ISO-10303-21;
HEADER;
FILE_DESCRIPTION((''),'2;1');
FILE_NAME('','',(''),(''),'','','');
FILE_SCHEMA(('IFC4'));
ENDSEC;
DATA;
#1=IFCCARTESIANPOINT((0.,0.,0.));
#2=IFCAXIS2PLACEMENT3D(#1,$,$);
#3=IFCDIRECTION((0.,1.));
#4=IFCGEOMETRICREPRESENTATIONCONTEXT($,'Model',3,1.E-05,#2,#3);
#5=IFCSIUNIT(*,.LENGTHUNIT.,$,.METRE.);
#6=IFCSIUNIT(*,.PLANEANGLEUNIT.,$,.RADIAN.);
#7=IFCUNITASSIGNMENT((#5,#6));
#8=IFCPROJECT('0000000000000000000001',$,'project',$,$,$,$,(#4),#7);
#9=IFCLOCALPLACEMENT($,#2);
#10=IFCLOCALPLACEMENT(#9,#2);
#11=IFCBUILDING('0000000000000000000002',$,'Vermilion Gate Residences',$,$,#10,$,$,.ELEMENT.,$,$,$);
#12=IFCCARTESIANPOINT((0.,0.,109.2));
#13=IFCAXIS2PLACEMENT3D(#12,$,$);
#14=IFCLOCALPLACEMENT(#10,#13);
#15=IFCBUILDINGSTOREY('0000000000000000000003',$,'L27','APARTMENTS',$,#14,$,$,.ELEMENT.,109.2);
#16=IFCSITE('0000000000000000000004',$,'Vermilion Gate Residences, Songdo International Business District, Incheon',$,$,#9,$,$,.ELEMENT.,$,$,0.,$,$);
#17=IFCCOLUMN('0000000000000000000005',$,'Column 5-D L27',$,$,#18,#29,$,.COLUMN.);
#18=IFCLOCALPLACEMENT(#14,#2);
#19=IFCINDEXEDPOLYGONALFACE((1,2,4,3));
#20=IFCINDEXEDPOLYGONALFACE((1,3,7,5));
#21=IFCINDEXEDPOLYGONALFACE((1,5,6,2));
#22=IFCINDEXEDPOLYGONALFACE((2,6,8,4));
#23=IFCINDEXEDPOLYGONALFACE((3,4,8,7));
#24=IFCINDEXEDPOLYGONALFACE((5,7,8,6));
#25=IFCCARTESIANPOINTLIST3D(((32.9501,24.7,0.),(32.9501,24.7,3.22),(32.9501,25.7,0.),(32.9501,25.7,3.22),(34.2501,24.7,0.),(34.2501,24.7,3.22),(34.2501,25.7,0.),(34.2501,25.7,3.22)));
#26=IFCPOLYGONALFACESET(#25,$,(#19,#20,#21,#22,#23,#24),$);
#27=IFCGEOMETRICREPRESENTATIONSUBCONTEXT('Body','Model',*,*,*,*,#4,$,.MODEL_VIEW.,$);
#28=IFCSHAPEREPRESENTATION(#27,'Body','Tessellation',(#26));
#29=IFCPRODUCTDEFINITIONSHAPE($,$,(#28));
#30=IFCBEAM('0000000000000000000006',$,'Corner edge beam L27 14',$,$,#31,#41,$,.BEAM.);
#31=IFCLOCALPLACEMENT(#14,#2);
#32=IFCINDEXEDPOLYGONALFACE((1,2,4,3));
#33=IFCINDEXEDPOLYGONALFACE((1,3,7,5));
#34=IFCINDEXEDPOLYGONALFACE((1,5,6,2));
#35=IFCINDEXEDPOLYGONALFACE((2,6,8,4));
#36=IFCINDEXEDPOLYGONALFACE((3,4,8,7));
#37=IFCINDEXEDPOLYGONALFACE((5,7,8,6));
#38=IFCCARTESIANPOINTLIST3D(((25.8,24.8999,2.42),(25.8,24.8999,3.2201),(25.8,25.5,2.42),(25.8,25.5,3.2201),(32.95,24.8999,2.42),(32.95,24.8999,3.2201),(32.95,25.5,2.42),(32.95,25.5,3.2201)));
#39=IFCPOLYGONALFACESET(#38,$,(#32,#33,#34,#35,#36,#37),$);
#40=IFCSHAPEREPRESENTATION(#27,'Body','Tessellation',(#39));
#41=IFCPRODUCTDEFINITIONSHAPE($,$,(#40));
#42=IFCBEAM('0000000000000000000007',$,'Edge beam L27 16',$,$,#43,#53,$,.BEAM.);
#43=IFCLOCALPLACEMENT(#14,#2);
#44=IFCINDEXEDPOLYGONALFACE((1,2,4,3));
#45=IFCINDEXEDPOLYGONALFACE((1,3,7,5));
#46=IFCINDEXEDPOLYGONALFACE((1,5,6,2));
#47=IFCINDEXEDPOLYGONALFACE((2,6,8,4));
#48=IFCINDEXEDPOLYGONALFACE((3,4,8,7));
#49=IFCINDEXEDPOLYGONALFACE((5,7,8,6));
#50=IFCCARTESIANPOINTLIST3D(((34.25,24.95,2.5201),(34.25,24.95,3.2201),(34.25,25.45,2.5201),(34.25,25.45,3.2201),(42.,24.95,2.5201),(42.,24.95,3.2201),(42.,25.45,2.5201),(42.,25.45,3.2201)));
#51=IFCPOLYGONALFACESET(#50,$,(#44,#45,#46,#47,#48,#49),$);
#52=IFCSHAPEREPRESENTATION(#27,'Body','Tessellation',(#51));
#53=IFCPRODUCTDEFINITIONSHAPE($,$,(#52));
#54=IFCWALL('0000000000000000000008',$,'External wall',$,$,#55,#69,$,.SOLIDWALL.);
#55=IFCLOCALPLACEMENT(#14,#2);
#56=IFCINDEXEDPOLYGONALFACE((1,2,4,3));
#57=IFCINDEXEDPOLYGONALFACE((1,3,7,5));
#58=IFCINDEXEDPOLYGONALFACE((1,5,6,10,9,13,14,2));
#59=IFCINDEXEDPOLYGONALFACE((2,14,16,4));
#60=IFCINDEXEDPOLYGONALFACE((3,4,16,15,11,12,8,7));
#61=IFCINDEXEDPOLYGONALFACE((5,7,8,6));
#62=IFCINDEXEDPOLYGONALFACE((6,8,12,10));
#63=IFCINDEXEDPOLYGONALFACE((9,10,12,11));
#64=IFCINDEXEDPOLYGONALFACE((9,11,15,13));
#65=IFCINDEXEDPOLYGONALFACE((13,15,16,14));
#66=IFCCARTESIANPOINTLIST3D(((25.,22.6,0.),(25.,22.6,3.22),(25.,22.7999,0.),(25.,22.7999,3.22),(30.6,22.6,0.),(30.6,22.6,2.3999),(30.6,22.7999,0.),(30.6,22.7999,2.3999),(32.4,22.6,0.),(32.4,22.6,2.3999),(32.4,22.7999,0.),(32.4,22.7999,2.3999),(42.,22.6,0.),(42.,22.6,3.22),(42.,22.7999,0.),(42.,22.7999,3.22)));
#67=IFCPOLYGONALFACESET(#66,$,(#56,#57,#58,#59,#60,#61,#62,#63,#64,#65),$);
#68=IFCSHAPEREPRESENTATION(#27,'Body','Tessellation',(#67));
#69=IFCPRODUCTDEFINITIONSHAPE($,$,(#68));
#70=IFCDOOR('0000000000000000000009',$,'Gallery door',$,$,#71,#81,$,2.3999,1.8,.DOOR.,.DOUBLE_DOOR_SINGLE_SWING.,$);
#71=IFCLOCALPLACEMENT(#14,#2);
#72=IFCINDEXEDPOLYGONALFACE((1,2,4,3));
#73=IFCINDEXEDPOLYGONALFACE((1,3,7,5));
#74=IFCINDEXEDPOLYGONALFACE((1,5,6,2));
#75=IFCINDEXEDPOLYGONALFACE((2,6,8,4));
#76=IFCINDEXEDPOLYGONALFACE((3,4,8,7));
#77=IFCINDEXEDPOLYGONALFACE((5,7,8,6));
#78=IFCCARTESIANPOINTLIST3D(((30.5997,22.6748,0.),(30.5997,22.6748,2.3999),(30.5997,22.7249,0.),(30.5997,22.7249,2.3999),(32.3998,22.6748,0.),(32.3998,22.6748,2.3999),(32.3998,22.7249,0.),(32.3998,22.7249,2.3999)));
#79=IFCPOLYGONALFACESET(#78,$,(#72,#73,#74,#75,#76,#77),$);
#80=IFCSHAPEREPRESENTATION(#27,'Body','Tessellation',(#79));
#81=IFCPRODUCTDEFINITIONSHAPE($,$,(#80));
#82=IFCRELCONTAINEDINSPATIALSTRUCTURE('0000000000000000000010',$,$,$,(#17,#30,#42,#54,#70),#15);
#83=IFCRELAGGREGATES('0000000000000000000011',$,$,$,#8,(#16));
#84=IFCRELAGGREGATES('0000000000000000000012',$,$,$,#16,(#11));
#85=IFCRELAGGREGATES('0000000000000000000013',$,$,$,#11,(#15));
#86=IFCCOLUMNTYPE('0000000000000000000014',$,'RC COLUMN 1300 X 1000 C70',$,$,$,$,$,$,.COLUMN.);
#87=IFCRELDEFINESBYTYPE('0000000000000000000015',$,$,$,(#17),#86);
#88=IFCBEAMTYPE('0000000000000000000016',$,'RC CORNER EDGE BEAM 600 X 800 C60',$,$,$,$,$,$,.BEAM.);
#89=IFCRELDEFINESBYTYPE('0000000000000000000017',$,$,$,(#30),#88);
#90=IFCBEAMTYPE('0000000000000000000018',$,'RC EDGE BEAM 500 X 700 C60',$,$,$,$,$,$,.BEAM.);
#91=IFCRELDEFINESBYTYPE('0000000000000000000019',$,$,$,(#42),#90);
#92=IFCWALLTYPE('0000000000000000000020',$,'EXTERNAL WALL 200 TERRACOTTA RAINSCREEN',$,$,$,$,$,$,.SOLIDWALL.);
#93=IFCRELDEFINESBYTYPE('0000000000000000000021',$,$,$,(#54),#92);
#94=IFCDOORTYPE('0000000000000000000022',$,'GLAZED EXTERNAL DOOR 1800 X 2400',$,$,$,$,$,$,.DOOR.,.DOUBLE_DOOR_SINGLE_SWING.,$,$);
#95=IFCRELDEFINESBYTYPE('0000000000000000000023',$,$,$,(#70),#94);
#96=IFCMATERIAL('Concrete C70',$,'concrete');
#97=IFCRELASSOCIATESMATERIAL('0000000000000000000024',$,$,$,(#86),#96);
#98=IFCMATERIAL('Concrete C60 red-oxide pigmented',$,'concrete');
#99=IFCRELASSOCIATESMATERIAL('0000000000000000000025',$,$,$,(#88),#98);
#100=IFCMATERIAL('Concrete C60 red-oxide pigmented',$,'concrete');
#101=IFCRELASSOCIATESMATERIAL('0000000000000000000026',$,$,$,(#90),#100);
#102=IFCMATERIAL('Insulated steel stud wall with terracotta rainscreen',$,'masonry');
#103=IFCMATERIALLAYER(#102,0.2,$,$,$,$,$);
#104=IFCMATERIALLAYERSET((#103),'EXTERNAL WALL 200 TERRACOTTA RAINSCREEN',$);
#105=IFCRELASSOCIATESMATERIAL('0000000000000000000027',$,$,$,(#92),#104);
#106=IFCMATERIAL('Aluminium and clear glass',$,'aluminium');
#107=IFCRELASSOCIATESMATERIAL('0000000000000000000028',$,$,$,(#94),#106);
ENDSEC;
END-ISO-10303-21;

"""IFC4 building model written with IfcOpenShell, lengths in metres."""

from ifc_helpers import new_model, si_unit, direction, frame, frame_2d, origin, origin_2d, place, context, subcontext, project, spatial, rectangle, extrude, material, layer, layer_set, material_profile, profile_set, type_object, element, fill, save


model = new_model("IFC4")

# Units and contexts
model_context = context("Model", 3, precision=1e-05, world=origin(), true_north=direction((0.0, 1.0)))
body_context = subcontext(model_context, "Body", "Model", "MODEL_VIEW")
ifc_project = project(units=[si_unit("LENGTHUNIT", "METRE"), si_unit("PLANEANGLEUNIT", "RADIAN")], contexts=[model_context])

# Site, building, storey
site_placement = place(None, origin())
site = spatial("IfcSite", under=ifc_project, at=site_placement, Name="Vermilion Gate Residences, Songdo International Business District, Incheon", CompositionType="ELEMENT", RefElevation=0.0)
building_placement = place(site_placement, origin())
building = spatial("IfcBuilding", under=site, at=building_placement, Name="Vermilion Gate Residences", CompositionType="ELEMENT")
storey_placement = place(building_placement, frame((0.0, 0.0, 109.2)))
storey = spatial("IfcBuildingStorey", under=building, at=storey_placement, Name="L27", Description="APARTMENTS", CompositionType="ELEMENT", Elevation=109.2)

# Column
ifc_material_1 = material(Name="Concrete C70", Category="concrete")
ifc_material_profile_1 = material_profile(ifc_material_1, rectangle(XDim=1.3, YDim=1.0, at=origin_2d()), Name="RC-1300x1000")
ifc_profile_set_1 = profile_set([ifc_material_profile_1], Name="Concrete C70")
column_type = type_object("IfcColumnType", Name="RC COLUMN 1300 X 1000 C70", PredefinedType="COLUMN", material=ifc_profile_set_1)
column_placement = place(storey_placement, frame((33.6001, 25.2, 0.0), z_axis=(0.0, 0.0, 1.0), x_axis=(1.0, 0.0, 0.0)))
element("IfcColumn", 1, at=column_placement, inside=storey, type_object=column_type, Name="Column 5-D L27", PredefinedType="COLUMN", context=body_context, shape_type="SweptSolid", body=[
    extrude(rectangle(XDim=1.3, YDim=1.0, at=origin_2d()), origin(), (0.0, 0.0, 1.0), 3.22),
])

# Beams
ifc_material_2 = material(Name="Concrete C60 red-oxide pigmented", Category="concrete")
ifc_material_profile_2 = material_profile(ifc_material_2, rectangle(XDim=0.6001, YDim=0.8, at=origin_2d()), Name="RC-600x800")
ifc_profile_set_2 = profile_set([ifc_material_profile_2], Name="Concrete C60 red-oxide pigmented")
beam_type_1 = type_object("IfcBeamType", Name="RC CORNER EDGE BEAM 600 X 800 C60", PredefinedType="BEAM", material=ifc_profile_set_2)
beam_1_placement = place(storey_placement, frame((25.8, 25.2, 2.8201), z_axis=(1.0, 0.0, 0.0), x_axis=(0.0, 1.0, 0.0)))
element("IfcBeam", 2, at=beam_1_placement, inside=storey, type_object=beam_type_1, Name="Corner edge beam L27 14", PredefinedType="BEAM", context=body_context, shape_type="SweptSolid", body=[
    extrude(rectangle(XDim=0.6001, YDim=0.8, at=origin_2d()), origin(), (0.0, 0.0, 1.0), 7.1499),
])
ifc_material_3 = material(Name="Concrete C60 red-oxide pigmented", Category="concrete")
ifc_material_profile_3 = material_profile(ifc_material_3, rectangle(XDim=0.5, YDim=0.7, at=origin_2d()), Name="RC-500x700")
ifc_profile_set_3 = profile_set([ifc_material_profile_3], Name="Concrete C60 red-oxide pigmented")
beam_type_2 = type_object("IfcBeamType", Name="RC EDGE BEAM 500 X 700 C60", PredefinedType="BEAM", material=ifc_profile_set_3)
beam_2_placement = place(storey_placement, frame((34.25, 25.2, 2.8701), z_axis=(1.0, 0.0, 0.0), x_axis=(0.0, 1.0, 0.0)))
element("IfcBeam", 3, at=beam_2_placement, inside=storey, type_object=beam_type_2, Name="Edge beam L27 16", PredefinedType="BEAM", context=body_context, shape_type="SweptSolid", body=[
    extrude(rectangle(XDim=0.5, YDim=0.7, at=origin_2d()), origin(), (0.0, 0.0, 1.0), 7.75),
])

# Wall, opening, door
ifc_material_4 = material(Name="Insulated steel stud wall with terracotta rainscreen", Category="masonry")
ifc_layer_1 = layer(ifc_material_4, 0.2)
ifc_layer_set_1 = layer_set([ifc_layer_1], Name="EXTERNAL WALL 200 TERRACOTTA RAINSCREEN")
wall_type_1 = type_object("IfcWallType", Name="EXTERNAL WALL 200 TERRACOTTA RAINSCREEN", PredefinedType="SOLIDWALL", material=ifc_layer_set_1)
wall_1_placement = place(storey_placement, frame((42.0, 22.7, 0.0), z_axis=(0.0, 0.0, 1.0), x_axis=(-1.0, 0.0, 0.0)))
wall_1 = element("IfcWall", 4, at=wall_1_placement, inside=storey, type_object=wall_type_1, Name="External wall", PredefinedType="SOLIDWALL", context=body_context, shape_type="SweptSolid", body=[
    extrude(rectangle(XDim=17.0, YDim=0.2, at=frame_2d((8.5, 0.0))), origin(), (0.0, 0.0, 1.0), 3.22),
])
opening_1_placement = place(wall_1_placement, frame((9.6001, 0.0, 0.0)))
opening_1 = element("IfcOpeningElement", 5, at=opening_1_placement, cuts=wall_1, PredefinedType="OPENING", context=body_context, shape_type="SweptSolid", body=[
    extrude(rectangle(XDim=1.8, YDim=2.3999, at=frame_2d((0.8999, 1.2))), frame((0.0, 0.1099, 0.0), z_axis=(0.0, -1.0, 0.0), x_axis=(1.0, 0.0, 0.0)), (0.0, 0.0, 1.0), 0.22),
])
ifc_material_5 = material(Name="Aluminium and clear glass", Category="aluminium")
door_type = type_object("IfcDoorType", Name="GLAZED EXTERNAL DOOR 1800 X 2400", OperationType="DOUBLE_DOOR_SINGLE_SWING", PredefinedType="DOOR", material=ifc_material_5)
door_placement = place(opening_1_placement, frame((1.8, 0.0, 0.0), z_axis=(0.0, 0.0, 1.0), x_axis=(-1.0, 0.0, 0.0)))
door = element("IfcDoor", 6, at=door_placement, inside=storey, type_object=door_type, Name="Gallery door", OperationType="DOUBLE_DOOR_SINGLE_SWING", OverallHeight=2.3999, OverallWidth=1.8, PredefinedType="DOOR", context=body_context, shape_type="SweptSolid", body=[
    extrude(rectangle(XDim=1.8, YDim=2.3999, at=frame_2d((0.8999, 1.2))), frame((0.0, 0.0249, 0.0), z_axis=(0.0, -1.0, 0.0), x_axis=(1.0, 0.0, 0.0)), (0.0, 0.0, 1.0), 0.05),
])
fill(opening_1, door)

save(model, "model.ifc")
